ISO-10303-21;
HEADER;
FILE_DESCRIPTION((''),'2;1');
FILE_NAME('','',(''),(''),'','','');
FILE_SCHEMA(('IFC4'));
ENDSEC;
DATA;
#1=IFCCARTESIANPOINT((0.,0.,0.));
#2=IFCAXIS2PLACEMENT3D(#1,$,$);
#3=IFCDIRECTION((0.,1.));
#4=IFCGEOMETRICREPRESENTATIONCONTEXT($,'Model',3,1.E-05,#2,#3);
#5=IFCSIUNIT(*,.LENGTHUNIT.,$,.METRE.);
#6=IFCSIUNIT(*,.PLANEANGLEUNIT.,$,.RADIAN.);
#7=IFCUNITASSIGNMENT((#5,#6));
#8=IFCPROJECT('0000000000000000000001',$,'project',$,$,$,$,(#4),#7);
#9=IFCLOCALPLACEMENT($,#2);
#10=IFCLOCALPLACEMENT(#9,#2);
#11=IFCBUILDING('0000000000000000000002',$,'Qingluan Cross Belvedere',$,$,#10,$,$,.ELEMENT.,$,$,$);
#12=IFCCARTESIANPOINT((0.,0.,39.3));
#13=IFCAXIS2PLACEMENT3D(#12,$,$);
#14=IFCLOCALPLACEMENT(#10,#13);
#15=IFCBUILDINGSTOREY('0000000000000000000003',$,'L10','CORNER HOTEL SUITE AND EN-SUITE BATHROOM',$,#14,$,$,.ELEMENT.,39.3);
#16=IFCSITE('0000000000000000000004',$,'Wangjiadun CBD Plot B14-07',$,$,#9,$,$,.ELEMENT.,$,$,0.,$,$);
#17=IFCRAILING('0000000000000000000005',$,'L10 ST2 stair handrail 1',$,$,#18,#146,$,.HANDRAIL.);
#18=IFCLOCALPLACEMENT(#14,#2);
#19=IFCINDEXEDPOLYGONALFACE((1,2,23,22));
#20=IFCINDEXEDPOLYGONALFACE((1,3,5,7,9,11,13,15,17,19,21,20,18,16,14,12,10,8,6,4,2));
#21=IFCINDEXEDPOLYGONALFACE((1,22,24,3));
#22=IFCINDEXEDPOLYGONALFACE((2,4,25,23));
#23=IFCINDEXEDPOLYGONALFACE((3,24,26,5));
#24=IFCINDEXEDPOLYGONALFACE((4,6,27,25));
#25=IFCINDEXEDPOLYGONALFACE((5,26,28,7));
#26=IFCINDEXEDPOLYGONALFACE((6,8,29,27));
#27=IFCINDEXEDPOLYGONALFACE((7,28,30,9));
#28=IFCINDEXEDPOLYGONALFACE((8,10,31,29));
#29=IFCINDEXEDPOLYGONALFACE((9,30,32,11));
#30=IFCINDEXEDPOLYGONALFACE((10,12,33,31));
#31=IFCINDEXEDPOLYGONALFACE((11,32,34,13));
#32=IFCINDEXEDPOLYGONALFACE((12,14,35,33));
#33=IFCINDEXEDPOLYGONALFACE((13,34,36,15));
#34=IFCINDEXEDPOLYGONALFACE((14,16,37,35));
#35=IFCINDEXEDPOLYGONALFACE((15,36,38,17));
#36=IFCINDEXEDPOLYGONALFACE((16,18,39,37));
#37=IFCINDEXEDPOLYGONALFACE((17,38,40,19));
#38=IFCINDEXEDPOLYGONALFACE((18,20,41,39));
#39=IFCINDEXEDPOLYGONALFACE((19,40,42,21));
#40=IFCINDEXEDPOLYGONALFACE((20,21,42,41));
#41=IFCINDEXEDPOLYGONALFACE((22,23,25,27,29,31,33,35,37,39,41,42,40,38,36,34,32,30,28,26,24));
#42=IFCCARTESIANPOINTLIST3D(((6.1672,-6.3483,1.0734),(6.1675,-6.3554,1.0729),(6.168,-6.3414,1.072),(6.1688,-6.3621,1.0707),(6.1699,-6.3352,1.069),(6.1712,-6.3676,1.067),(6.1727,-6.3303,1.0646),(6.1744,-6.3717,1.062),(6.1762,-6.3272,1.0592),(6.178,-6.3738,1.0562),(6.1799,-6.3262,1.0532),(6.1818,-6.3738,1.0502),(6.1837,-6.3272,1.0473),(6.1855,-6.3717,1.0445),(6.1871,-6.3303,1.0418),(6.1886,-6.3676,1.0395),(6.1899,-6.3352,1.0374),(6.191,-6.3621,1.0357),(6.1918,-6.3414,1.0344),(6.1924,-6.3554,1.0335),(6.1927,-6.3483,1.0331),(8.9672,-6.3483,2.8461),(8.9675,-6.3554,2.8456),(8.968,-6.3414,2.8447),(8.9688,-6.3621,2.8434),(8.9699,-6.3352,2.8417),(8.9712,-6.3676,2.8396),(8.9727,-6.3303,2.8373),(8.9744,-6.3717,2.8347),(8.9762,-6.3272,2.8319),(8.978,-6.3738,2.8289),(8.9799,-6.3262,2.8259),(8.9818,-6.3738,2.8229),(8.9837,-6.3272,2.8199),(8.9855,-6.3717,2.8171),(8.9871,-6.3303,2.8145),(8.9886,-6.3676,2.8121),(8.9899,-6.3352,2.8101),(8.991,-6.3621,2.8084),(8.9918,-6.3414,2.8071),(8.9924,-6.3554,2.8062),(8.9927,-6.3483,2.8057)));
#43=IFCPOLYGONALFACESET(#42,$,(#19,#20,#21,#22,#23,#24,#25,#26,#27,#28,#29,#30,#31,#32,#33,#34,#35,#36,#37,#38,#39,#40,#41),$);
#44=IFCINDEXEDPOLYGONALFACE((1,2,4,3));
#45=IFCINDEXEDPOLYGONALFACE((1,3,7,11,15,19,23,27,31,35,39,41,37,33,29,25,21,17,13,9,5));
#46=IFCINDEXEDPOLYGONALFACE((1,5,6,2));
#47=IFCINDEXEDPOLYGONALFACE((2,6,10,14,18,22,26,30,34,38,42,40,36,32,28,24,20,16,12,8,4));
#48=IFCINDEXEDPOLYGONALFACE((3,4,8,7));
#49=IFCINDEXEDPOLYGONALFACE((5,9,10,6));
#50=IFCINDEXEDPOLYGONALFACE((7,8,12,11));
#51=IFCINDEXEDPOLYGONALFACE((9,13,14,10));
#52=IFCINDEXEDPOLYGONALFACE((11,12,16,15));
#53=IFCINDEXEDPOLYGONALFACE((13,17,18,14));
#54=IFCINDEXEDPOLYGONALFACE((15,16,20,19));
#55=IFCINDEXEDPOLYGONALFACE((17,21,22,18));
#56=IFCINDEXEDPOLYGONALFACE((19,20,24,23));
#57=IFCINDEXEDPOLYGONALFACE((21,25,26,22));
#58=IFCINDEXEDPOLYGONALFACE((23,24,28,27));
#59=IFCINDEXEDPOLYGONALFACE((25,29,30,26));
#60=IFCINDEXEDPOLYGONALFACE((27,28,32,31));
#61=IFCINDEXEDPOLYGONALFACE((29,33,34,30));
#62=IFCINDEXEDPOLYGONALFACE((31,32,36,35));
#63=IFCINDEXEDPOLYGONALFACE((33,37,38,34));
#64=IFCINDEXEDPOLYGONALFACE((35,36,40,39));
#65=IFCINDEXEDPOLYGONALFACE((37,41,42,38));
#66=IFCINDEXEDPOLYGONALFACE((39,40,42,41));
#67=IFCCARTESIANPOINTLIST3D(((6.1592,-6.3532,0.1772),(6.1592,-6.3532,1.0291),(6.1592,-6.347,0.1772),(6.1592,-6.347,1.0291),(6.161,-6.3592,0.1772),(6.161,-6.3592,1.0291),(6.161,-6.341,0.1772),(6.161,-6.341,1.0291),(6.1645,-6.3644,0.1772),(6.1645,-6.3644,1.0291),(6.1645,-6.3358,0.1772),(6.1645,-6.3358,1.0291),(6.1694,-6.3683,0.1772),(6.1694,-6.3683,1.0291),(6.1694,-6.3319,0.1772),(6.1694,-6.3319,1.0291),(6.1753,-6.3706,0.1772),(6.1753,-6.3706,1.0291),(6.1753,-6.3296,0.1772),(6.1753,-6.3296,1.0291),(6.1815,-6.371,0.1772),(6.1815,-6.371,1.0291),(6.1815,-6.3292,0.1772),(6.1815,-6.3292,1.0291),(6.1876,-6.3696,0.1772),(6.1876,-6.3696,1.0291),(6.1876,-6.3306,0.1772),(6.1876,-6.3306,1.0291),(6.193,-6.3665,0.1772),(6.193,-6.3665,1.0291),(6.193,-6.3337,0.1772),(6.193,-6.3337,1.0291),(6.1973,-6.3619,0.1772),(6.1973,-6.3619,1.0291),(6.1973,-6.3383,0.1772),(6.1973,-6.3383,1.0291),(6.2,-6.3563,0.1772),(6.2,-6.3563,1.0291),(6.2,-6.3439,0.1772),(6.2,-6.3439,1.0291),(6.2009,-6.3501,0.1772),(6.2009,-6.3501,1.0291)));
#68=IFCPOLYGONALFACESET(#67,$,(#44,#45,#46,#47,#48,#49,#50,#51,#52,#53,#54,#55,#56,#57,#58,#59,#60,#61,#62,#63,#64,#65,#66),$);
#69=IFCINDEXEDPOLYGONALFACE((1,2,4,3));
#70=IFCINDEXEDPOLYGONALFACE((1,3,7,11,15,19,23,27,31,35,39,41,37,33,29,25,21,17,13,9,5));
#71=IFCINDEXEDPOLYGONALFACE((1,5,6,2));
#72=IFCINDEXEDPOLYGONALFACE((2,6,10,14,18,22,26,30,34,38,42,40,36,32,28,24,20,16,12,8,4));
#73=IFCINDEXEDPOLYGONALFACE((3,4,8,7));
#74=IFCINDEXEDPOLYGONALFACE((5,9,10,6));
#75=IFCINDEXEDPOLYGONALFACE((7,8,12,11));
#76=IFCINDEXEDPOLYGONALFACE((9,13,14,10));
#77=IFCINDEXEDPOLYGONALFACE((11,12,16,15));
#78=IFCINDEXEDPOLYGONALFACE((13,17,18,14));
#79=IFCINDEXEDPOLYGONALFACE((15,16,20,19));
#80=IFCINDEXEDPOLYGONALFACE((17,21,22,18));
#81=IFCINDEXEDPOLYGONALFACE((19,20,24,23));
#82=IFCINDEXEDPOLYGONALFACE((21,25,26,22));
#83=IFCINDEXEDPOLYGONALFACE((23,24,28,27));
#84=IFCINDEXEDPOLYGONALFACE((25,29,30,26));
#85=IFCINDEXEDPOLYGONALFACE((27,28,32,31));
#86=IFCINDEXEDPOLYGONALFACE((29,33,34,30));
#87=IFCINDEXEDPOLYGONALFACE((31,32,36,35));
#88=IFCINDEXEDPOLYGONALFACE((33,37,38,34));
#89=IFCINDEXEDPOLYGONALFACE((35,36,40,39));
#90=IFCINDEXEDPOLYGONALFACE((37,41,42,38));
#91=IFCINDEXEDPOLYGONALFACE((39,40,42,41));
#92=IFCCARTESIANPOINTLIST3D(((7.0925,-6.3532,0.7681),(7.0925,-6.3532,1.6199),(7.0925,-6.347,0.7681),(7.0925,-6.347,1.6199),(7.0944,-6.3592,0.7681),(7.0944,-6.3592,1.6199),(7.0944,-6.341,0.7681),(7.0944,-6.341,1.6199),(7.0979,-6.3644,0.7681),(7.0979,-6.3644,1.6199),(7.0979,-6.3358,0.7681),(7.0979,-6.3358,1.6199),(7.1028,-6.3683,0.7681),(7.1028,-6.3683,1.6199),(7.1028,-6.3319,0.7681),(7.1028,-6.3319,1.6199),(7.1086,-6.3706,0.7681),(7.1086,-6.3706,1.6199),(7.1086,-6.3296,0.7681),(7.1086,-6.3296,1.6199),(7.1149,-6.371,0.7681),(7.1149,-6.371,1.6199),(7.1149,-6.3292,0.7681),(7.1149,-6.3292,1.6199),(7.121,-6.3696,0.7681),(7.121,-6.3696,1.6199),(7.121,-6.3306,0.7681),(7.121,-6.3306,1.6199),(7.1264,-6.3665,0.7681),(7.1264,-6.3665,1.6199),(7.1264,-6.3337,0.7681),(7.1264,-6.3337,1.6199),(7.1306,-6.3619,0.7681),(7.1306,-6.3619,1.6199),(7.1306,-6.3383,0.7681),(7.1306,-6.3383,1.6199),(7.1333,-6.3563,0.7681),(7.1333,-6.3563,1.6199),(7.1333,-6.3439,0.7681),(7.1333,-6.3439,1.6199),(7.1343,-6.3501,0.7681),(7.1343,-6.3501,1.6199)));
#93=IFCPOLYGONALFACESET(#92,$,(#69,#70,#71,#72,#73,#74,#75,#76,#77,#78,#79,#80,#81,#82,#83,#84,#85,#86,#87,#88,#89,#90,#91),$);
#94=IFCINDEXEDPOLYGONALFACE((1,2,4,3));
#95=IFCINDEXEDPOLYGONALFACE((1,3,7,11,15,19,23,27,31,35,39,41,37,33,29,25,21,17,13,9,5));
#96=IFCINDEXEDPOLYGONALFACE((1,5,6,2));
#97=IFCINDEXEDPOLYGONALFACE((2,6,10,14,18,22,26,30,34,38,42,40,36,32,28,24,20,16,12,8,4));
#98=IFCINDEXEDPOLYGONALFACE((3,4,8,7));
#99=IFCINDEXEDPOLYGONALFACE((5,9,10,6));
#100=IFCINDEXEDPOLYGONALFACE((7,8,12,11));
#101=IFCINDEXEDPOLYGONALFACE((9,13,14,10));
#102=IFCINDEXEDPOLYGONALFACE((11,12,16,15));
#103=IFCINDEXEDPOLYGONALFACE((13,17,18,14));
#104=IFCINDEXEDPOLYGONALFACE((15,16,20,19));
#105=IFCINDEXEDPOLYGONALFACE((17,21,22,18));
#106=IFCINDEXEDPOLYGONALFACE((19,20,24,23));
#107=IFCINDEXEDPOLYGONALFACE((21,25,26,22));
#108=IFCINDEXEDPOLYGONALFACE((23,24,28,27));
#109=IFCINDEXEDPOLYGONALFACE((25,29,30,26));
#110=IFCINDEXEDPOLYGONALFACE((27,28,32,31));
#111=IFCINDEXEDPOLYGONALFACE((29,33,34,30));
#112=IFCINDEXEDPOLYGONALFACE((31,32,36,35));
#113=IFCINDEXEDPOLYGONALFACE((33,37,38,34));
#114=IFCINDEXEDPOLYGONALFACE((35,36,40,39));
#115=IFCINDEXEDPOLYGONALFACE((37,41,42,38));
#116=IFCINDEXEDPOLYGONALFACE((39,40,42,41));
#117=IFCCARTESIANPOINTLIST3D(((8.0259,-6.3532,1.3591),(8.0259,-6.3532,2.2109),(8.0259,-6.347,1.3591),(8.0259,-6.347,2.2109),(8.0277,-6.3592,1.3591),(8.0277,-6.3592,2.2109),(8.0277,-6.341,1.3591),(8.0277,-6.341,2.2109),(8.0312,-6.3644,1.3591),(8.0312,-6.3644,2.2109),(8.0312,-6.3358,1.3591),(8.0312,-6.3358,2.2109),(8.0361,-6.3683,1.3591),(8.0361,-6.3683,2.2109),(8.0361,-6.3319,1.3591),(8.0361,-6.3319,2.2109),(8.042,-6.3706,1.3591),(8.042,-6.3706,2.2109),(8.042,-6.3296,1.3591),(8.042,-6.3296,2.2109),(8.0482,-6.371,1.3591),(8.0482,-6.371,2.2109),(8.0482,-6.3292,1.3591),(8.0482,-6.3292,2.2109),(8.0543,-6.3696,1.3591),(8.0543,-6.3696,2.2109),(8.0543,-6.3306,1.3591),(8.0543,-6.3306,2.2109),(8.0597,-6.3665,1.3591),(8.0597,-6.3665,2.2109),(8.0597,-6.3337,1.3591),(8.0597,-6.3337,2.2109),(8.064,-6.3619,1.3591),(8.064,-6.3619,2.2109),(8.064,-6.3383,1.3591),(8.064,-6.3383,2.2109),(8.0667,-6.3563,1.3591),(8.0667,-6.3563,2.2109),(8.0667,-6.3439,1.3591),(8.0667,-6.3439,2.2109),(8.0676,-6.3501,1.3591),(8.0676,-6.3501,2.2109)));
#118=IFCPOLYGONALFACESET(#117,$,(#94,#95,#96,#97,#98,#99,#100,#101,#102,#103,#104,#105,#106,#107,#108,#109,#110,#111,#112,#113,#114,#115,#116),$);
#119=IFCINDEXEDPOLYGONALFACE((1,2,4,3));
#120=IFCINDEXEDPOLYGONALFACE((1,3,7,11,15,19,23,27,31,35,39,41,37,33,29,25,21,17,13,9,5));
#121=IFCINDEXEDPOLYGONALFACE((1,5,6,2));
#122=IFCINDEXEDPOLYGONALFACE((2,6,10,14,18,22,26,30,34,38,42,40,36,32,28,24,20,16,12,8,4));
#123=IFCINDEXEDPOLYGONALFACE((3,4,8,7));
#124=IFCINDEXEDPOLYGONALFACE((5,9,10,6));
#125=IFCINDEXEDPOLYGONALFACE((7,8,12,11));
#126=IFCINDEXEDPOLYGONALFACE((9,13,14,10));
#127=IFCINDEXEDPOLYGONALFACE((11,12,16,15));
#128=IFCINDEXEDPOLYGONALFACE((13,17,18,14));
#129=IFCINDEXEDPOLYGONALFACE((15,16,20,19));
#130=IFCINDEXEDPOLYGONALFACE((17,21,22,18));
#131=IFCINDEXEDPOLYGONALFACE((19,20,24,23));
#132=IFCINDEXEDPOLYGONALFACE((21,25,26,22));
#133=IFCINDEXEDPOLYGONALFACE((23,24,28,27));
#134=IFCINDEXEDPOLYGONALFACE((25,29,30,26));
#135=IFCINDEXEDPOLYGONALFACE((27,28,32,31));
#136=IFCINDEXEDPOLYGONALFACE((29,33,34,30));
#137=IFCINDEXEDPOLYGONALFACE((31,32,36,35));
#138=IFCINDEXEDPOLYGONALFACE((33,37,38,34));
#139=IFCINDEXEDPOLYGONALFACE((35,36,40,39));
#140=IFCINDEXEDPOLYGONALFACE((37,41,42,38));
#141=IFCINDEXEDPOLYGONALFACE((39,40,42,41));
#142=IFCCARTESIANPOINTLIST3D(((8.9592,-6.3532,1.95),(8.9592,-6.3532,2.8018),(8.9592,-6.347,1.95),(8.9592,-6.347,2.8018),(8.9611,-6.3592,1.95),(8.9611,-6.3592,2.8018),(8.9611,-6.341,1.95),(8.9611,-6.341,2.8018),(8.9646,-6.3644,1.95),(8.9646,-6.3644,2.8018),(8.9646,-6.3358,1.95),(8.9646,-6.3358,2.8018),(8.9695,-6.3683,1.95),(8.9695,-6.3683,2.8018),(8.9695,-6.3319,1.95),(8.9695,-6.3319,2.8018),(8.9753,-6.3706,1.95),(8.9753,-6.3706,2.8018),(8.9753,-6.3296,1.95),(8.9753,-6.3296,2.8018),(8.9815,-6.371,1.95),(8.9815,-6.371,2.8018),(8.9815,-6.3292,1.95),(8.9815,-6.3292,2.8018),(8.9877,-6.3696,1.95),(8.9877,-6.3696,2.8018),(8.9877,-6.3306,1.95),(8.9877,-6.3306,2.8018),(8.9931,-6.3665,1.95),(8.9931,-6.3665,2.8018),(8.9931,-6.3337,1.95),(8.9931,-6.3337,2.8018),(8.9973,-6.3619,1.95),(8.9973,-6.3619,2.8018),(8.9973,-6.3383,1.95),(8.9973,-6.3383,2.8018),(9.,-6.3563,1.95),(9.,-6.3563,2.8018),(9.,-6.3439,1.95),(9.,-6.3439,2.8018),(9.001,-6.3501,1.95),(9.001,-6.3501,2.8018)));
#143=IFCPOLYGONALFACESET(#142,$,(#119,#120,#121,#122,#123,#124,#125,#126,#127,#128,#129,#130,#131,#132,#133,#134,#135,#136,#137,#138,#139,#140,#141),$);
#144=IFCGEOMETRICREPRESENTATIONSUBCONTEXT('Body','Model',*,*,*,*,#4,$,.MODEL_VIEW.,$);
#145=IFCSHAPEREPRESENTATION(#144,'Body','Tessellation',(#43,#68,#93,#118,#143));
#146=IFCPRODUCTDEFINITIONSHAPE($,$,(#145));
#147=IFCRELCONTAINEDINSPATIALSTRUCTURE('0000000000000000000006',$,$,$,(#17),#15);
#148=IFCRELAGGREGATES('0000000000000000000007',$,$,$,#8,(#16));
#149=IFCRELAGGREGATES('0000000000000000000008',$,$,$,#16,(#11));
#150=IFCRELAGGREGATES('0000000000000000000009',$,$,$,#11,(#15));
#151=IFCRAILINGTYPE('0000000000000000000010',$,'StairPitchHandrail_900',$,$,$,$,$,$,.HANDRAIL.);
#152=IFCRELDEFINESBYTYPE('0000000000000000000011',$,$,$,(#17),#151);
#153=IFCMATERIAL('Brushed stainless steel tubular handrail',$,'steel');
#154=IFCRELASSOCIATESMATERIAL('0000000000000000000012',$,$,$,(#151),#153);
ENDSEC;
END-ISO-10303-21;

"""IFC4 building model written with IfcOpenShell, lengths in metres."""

from ifc_helpers import new_model, si_unit, direction, frame, origin, origin_2d, place, context, subcontext, project, spatial, circle, extrude, material, type_object, element, save


model = new_model("IFC4")

# Units and contexts
model_context = context("Model", 3, precision=1e-05, world=origin(), true_north=direction((0.0, 1.0)))
body_context = subcontext(model_context, "Body", "Model", "MODEL_VIEW")
ifc_project = project(units=[si_unit("LENGTHUNIT", "METRE"), si_unit("PLANEANGLEUNIT", "RADIAN")], contexts=[model_context])

# Site, building, storey
site_placement = place(None, origin())
site = spatial("IfcSite", under=ifc_project, at=site_placement, Name="Wangjiadun CBD Plot B14-07", CompositionType="ELEMENT", RefElevation=0.0)
building_placement = place(site_placement, origin())
building = spatial("IfcBuilding", under=site, at=building_placement, Name="Qingluan Cross Belvedere", CompositionType="ELEMENT")
storey_placement = place(building_placement, frame((0.0, 0.0, 39.3)))
storey = spatial("IfcBuildingStorey", under=building, at=storey_placement, Name="L10", Description="CORNER HOTEL SUITE AND EN-SUITE BATHROOM", CompositionType="ELEMENT", Elevation=39.3)

# Railing
ifc_material_1 = material(Name="Brushed stainless steel tubular handrail", Category="steel")
railing_type_1 = type_object("IfcRailingType", Name="StairPitchHandrail_900", PredefinedType="HANDRAIL", material=ifc_material_1)
for number, where, name in (
    (1, (6.1799, -6.3501, 0.1772), "L10 ST2 stair handrail 1"),
):
    element("IfcRailing", number, at=place(storey_placement, frame(where)), inside=storey, type_object=railing_type_1, Name=name, PredefinedType="HANDRAIL", context=body_context, shape_type="SweptSolid", body=[
        extrude(circle(Radius=0.0239, at=origin_2d()), frame((0.0, 0.0, 0.876), z_axis=(0.844909, 0.0, 0.53491), x_axis=(0.0, 1.0, 0.0)), (0.0, 0.0, 1.0), 3.314),
        extrude(circle(Radius=0.021, at=origin_2d()), origin(), (0.0, 0.0, 1.0), 0.8518),
        extrude(circle(Radius=0.021, at=origin_2d()), frame((0.9333, 0.0, 0.5908)), (0.0, 0.0, 1.0), 0.8518),
        extrude(circle(Radius=0.021, at=origin_2d()), frame((1.8667, 0.0, 1.1819)), (0.0, 0.0, 1.0), 0.8518),
        extrude(circle(Radius=0.021, at=origin_2d()), frame((2.8, 0.0, 1.7727)), (0.0, 0.0, 1.0), 0.8518),
    ])

save(model, "model.ifc")
